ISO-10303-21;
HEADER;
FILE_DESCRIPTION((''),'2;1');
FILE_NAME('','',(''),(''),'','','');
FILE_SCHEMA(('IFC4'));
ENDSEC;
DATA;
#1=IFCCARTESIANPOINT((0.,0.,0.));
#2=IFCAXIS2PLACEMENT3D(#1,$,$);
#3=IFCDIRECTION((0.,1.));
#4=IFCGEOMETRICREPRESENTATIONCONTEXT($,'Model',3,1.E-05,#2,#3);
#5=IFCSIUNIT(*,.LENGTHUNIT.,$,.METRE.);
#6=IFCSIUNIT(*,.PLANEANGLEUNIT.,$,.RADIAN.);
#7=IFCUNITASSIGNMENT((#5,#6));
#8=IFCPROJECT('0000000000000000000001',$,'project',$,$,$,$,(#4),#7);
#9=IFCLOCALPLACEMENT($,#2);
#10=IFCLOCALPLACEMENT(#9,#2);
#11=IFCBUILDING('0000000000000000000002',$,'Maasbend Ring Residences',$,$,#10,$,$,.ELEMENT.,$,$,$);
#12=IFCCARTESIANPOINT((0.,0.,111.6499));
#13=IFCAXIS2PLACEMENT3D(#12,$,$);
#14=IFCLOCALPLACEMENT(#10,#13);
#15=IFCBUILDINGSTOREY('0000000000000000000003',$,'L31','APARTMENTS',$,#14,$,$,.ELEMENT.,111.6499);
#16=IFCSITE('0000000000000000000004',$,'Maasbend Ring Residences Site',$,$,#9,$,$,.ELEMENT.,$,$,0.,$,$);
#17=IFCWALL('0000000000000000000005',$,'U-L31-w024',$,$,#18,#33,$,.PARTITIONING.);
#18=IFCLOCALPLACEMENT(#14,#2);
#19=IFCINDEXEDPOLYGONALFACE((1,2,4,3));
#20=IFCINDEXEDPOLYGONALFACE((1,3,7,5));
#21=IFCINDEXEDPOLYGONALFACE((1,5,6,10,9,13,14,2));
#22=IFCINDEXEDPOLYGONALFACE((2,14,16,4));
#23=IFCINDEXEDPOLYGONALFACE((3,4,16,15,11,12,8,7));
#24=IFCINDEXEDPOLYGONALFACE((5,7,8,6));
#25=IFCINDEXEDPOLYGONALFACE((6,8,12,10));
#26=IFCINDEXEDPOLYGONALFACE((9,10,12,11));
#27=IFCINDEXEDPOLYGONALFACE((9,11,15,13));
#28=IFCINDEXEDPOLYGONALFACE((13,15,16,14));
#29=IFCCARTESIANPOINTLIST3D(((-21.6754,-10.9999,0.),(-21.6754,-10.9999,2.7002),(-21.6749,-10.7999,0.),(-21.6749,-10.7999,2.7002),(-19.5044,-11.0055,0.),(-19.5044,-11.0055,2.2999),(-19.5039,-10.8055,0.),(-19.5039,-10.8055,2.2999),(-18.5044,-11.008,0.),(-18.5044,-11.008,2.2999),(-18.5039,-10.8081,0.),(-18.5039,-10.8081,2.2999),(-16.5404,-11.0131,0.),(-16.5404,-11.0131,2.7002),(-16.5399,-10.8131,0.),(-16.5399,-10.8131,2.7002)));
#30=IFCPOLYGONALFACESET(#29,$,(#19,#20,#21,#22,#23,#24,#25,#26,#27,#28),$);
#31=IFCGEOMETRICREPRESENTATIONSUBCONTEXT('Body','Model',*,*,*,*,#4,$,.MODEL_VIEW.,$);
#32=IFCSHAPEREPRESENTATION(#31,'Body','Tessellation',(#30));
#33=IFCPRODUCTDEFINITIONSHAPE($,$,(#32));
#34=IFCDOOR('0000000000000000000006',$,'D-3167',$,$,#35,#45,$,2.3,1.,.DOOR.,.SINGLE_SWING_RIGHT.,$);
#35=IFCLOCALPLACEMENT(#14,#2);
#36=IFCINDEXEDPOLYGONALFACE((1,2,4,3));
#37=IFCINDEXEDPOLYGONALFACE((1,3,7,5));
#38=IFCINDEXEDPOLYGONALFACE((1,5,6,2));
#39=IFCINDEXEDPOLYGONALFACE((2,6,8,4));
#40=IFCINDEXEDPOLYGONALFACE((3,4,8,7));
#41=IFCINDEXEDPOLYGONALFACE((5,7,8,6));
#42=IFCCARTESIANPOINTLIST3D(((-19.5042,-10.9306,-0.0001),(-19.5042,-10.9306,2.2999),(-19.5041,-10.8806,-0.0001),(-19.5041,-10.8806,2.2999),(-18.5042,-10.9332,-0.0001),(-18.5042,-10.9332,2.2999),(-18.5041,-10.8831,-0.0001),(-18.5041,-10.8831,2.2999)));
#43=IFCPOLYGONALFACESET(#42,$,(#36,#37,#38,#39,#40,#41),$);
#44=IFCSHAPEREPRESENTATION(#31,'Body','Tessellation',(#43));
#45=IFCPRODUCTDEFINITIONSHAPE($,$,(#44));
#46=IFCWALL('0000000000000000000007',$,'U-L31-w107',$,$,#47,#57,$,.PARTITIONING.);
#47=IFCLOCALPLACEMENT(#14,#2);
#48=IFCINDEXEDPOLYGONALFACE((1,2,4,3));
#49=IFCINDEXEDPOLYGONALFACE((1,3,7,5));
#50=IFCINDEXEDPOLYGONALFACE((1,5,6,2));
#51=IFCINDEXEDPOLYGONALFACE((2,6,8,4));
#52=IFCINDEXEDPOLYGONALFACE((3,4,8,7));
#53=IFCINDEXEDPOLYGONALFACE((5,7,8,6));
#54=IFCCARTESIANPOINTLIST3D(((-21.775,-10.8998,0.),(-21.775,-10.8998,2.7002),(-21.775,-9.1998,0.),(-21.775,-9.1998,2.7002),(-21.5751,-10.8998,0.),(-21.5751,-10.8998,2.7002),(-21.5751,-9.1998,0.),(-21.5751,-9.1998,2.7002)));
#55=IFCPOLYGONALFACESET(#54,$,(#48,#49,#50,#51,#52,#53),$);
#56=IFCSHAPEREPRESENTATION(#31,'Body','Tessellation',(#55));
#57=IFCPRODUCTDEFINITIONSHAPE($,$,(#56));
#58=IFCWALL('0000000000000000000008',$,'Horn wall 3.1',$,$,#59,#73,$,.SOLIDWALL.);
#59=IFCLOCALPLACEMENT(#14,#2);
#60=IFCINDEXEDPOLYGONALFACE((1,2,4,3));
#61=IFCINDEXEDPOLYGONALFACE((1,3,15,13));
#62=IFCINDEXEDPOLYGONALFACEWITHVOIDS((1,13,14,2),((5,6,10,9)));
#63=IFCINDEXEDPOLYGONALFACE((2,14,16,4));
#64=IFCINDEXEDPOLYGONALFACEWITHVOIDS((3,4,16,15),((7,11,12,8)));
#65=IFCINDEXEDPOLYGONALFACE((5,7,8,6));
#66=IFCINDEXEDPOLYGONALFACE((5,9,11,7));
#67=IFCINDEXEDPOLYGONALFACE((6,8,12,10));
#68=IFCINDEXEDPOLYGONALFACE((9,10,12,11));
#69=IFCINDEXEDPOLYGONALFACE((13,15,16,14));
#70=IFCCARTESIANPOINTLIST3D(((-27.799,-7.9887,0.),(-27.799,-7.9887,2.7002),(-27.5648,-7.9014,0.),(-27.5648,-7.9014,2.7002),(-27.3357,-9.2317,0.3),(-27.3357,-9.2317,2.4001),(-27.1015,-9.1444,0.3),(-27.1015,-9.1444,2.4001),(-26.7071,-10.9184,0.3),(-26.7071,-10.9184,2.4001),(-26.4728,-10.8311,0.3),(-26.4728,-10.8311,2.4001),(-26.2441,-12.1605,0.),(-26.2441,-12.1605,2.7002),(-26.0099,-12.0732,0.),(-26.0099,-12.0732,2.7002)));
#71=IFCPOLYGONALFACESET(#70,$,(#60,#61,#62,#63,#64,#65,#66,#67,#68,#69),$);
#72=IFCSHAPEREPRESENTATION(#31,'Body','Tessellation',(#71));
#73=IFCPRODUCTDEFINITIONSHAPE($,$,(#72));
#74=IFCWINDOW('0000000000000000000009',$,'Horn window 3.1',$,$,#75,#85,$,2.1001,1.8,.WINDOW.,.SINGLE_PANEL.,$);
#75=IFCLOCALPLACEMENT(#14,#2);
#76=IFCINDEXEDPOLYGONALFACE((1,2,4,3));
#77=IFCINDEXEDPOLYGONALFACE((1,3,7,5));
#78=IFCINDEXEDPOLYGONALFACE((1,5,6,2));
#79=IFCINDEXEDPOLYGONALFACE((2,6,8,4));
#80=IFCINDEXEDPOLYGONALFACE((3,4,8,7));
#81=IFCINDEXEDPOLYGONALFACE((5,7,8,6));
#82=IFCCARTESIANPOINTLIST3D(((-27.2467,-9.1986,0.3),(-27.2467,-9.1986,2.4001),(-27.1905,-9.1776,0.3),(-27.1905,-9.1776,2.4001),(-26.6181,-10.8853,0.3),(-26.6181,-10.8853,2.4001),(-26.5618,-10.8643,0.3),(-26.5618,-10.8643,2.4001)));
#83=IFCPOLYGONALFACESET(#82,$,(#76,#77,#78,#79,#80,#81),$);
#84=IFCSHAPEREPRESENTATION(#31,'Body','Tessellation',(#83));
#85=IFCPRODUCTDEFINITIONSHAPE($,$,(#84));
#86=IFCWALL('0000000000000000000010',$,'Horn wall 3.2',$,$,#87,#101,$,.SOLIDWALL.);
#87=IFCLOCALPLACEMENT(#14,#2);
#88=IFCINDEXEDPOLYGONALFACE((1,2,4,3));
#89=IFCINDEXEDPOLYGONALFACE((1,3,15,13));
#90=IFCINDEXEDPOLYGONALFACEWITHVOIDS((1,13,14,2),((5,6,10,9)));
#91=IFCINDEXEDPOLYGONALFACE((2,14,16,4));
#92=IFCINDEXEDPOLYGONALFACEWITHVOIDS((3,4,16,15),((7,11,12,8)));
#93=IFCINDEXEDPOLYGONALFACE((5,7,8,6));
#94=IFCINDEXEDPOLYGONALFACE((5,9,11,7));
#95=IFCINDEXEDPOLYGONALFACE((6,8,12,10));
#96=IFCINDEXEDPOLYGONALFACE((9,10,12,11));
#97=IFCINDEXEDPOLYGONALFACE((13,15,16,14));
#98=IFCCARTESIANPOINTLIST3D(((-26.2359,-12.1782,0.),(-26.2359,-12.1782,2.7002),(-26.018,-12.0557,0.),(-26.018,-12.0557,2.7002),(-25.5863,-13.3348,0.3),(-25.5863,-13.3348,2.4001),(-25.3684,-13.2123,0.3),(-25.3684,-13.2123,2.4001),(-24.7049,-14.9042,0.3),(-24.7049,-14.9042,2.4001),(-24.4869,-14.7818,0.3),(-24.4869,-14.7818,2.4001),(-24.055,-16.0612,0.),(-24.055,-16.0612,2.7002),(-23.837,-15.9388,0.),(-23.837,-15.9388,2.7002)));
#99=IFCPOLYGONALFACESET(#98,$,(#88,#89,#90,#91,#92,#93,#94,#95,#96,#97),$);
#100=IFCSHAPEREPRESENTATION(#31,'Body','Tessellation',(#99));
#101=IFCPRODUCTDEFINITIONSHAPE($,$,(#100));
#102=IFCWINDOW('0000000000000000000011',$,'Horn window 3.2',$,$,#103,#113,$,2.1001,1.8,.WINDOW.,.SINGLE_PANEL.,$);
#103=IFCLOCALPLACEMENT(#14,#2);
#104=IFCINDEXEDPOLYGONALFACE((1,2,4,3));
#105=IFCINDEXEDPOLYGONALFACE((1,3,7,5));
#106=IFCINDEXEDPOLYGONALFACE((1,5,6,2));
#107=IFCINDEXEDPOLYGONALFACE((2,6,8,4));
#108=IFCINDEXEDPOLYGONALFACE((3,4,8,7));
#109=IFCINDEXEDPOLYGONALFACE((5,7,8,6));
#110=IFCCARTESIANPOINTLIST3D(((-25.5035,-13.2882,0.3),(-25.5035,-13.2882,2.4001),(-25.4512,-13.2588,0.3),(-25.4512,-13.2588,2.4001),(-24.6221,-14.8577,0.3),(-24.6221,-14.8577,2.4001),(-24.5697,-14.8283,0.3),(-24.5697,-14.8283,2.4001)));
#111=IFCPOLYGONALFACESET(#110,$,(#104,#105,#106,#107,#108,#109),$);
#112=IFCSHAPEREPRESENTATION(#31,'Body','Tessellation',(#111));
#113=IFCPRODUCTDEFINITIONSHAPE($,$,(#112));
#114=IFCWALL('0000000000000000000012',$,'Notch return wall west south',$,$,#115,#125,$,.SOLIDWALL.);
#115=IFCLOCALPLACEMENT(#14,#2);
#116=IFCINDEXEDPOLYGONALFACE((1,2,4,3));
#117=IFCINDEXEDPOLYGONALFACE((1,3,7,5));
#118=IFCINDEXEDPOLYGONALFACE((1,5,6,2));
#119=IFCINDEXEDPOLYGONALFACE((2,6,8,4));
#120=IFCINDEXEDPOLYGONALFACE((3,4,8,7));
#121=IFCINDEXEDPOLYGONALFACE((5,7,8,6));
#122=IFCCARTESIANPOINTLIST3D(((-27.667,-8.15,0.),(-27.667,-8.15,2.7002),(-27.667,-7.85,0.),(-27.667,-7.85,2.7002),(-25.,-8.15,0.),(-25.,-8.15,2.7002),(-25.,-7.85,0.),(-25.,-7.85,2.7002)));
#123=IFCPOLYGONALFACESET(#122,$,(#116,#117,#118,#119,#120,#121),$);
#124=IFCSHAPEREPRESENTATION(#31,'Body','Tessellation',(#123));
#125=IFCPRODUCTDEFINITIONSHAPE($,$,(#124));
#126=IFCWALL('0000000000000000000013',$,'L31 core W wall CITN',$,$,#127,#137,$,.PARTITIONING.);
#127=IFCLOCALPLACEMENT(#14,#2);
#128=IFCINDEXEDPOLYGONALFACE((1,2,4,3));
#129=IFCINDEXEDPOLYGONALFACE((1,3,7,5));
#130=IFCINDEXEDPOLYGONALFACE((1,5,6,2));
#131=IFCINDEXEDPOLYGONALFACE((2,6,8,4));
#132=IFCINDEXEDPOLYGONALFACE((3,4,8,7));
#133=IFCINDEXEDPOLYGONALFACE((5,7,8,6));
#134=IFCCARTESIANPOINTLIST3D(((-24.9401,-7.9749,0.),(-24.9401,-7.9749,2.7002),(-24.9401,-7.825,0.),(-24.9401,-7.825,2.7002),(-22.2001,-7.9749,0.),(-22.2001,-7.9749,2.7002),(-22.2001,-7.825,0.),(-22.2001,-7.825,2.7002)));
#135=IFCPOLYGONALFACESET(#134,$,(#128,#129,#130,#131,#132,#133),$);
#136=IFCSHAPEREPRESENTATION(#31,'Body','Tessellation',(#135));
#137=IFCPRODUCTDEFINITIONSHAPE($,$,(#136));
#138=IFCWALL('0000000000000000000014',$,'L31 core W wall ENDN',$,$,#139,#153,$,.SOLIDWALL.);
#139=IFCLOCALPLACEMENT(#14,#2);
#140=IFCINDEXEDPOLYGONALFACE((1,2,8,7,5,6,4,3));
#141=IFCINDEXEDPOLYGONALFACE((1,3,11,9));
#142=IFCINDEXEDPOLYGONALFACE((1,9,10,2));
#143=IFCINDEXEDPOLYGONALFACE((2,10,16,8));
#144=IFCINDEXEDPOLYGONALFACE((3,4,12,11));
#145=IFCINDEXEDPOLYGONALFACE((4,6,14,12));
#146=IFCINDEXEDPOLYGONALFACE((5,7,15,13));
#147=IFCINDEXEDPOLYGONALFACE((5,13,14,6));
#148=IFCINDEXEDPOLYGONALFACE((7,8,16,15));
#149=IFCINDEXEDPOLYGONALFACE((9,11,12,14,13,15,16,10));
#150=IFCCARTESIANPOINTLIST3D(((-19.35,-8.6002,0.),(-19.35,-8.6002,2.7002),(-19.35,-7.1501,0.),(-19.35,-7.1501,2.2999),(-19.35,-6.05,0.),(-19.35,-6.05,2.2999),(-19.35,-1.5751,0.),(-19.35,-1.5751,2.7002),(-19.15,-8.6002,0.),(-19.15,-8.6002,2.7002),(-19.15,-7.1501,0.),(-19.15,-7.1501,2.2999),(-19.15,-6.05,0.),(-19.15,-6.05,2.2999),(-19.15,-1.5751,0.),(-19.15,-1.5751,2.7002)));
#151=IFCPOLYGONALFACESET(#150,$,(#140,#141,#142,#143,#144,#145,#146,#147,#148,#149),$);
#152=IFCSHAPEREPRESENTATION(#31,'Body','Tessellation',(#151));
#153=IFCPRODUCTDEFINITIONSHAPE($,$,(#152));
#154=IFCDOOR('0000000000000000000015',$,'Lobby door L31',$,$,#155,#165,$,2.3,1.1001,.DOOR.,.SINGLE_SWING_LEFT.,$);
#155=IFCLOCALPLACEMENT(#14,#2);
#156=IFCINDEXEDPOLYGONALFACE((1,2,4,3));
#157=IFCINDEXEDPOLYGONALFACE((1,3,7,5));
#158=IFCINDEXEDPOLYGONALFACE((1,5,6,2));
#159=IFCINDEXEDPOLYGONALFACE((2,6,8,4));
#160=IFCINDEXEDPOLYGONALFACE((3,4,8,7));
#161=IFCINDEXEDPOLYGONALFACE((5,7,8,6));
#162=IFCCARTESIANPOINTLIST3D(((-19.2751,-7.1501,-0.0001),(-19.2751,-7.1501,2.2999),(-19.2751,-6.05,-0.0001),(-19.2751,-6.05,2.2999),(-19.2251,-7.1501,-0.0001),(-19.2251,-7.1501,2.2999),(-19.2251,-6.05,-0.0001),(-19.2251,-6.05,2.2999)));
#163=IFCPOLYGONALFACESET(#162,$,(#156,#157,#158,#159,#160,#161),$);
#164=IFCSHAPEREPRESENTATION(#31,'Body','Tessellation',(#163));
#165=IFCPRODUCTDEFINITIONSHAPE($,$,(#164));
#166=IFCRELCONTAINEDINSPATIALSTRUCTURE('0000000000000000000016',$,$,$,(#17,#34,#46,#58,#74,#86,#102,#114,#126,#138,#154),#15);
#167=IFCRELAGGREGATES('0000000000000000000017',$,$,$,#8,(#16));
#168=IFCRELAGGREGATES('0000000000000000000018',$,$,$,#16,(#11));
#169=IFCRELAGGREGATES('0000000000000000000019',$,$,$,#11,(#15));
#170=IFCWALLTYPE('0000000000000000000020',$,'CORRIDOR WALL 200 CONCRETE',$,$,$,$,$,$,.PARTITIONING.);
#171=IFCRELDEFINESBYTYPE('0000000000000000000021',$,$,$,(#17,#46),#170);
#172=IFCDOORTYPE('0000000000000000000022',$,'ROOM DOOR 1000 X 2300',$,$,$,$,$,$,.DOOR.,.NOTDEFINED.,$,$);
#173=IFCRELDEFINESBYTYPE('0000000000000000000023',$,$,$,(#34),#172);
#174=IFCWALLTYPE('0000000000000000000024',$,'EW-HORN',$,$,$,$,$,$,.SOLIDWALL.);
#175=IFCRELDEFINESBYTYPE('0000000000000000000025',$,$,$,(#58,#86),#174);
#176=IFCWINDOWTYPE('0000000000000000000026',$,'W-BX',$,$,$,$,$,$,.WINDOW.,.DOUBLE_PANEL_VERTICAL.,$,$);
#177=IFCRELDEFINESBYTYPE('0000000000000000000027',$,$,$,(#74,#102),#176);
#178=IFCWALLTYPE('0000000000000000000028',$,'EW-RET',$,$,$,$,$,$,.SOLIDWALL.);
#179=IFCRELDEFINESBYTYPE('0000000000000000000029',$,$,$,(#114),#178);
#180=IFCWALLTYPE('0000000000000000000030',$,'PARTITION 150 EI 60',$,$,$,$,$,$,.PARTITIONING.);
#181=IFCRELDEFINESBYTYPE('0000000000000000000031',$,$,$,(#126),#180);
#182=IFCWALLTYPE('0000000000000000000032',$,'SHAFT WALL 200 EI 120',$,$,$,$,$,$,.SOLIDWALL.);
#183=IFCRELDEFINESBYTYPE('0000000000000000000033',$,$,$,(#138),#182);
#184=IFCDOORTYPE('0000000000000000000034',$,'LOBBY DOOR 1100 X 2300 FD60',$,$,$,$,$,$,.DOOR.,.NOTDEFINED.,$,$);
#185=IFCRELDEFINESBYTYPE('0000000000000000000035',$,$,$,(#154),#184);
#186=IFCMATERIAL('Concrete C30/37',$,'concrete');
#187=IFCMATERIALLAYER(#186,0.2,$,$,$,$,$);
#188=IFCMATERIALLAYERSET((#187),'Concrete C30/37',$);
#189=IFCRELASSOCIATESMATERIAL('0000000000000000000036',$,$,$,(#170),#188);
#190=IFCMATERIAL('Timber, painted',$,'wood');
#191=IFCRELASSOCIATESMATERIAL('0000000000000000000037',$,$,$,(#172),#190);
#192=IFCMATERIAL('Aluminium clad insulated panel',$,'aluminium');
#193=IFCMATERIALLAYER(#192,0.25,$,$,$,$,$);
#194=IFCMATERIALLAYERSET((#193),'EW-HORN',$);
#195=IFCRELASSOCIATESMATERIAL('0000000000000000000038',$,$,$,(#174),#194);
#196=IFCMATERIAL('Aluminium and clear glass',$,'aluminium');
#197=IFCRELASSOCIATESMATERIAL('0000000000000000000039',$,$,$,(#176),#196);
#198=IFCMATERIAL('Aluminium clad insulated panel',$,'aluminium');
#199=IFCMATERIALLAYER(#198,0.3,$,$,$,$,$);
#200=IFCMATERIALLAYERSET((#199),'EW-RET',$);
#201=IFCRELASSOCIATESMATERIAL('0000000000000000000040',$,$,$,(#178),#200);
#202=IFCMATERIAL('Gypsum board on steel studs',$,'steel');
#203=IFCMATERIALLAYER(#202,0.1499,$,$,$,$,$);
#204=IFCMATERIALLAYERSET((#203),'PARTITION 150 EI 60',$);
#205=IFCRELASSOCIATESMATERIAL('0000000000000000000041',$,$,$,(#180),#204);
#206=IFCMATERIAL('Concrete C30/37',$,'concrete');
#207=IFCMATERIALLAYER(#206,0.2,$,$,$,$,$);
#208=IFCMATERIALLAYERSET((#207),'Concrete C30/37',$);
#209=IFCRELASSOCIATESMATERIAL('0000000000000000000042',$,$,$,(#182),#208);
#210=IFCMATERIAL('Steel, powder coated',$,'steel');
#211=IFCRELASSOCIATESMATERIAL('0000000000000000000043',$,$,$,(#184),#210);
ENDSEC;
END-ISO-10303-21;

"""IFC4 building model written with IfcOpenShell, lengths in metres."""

from ifc_helpers import new_model, si_unit, direction, frame, frame_2d, origin, place, context, subcontext, project, spatial, rectangle, extrude, material, layer, layer_set, type_object, element, fill, save


model = new_model("IFC4")

# Units and contexts
model_context = context("Model", 3, precision=1e-05, world=origin(), true_north=direction((0.0, 1.0)))
body_context = subcontext(model_context, "Body", "Model", "MODEL_VIEW")
ifc_project = project(units=[si_unit("LENGTHUNIT", "METRE"), si_unit("PLANEANGLEUNIT", "RADIAN")], contexts=[model_context])

# Site, building, storey
site_placement = place(None, origin())
site = spatial("IfcSite", under=ifc_project, at=site_placement, Name="Maasbend Ring Residences Site", CompositionType="ELEMENT", RefElevation=0.0)
building_placement = place(site_placement, origin())
building = spatial("IfcBuilding", under=site, at=building_placement, Name="Maasbend Ring Residences", CompositionType="ELEMENT")
storey_placement = place(building_placement, frame((0.0, 0.0, 111.6499)))
storey = spatial("IfcBuildingStorey", under=building, at=storey_placement, Name="L31", Description="APARTMENTS", CompositionType="ELEMENT", Elevation=111.6499)

# Wall, opening, door
ifc_material_1 = material(Name="Concrete C30/37", Category="concrete")
ifc_layer_1 = layer(ifc_material_1, 0.2)
ifc_layer_set_1 = layer_set([ifc_layer_1], Name="Concrete C30/37")
wall_type_1 = type_object("IfcWallType", Name="CORRIDOR WALL 200 CONCRETE", PredefinedType="PARTITIONING", material=ifc_layer_set_1)
wall_1_placement = place(storey_placement, frame((-21.675, -10.8999, 0.0), z_axis=(0.0, 0.0, 1.0), x_axis=(0.999997, -0.002567, 0.0)))
wall_1 = element("IfcWall", 1, at=wall_1_placement, inside=storey, type_object=wall_type_1, Name="U-L31-w024", PredefinedType="PARTITIONING", context=body_context, shape_type="SweptSolid", body=[
    extrude(rectangle(XDim=5.135, YDim=0.2, at=frame_2d((2.5674, 0.0))), origin(), (0.0, 0.0, 1.0), 2.7002),
])
opening_1_placement = place(wall_1_placement, frame((2.1709, 0.0, 0.0)))
opening_1 = element("IfcOpeningElement", 2, at=opening_1_placement, cuts=wall_1, PredefinedType="OPENING", context=body_context, shape_type="SweptSolid", body=[
    extrude(rectangle(XDim=1.0, YDim=2.3, at=frame_2d((0.5, 1.1499))), frame((0.0, 0.1099, 0.0), z_axis=(0.0, -1.0, 0.0), x_axis=(1.0, 0.0, 0.0)), (0.0, 0.0, 1.0), 0.22),
])
ifc_material_2 = material(Name="Timber, painted", Category="wood")
door_type_1 = type_object("IfcDoorType", Name="ROOM DOOR 1000 X 2300", OperationType="NOTDEFINED", PredefinedType="DOOR", material=ifc_material_2)
door_1_placement = place(opening_1_placement, origin())
door_1 = element("IfcDoor", 3, at=door_1_placement, inside=storey, type_object=door_type_1, Name="D-3167", OperationType="SINGLE_SWING_RIGHT", OverallHeight=2.3, OverallWidth=1.0, PredefinedType="DOOR", context=body_context, shape_type="SweptSolid", body=[
    extrude(rectangle(XDim=1.0, YDim=2.3, at=frame_2d((0.5, 1.1499))), frame((0.0, 0.0249, 0.0), z_axis=(0.0, -1.0, 0.0), x_axis=(1.0, 0.0, 0.0)), (0.0, 0.0, 1.0), 0.05),
])
fill(opening_1, door_1)

# Wall
wall_2_placement = place(storey_placement, frame((-21.675, -10.8999, 0.0), z_axis=(0.0, 0.0, 1.0), x_axis=(0.0, 1.0, 0.0)))
element("IfcWall", 4, at=wall_2_placement, inside=storey, type_object=wall_type_1, Name="U-L31-w107", PredefinedType="PARTITIONING", context=body_context, shape_type="SweptSolid", body=[
    extrude(rectangle(XDim=1.7, YDim=0.2, at=frame_2d((0.8501, 0.0))), origin(), (0.0, 0.0, 1.0), 2.7002),
])

# Walls, openings, windows
ifc_material_3 = material(Name="Aluminium clad insulated panel", Category="aluminium")
ifc_layer_2 = layer(ifc_material_3, 0.25)
ifc_layer_set_2 = layer_set([ifc_layer_2], Name="EW-HORN")
wall_type_2 = type_object("IfcWallType", Name="EW-HORN", PredefinedType="SOLIDWALL", material=ifc_layer_set_2)
wall_3_placement = place(storey_placement, frame((-27.6819, -7.9451, 0.0), z_axis=(0.0, 0.0, 1.0), x_axis=(0.349248, -0.93703, 0.0)))
wall_3 = element("IfcWall", 5, at=wall_3_placement, inside=storey, type_object=wall_type_2, Name="Horn wall 3.1", PredefinedType="SOLIDWALL", context=body_context, shape_type="SweptSolid", body=[
    extrude(rectangle(XDim=4.4521, YDim=0.25, at=frame_2d((2.2261, 0.0))), origin(), (0.0, 0.0, 1.0), 2.7002),
])
opening_2_placement = place(wall_3_placement, frame((1.3267, 0.0, 0.3)))
opening_2 = element("IfcOpeningElement", 6, at=opening_2_placement, cuts=wall_3, PredefinedType="OPENING", context=body_context, shape_type="SweptSolid", body=[
    extrude(rectangle(XDim=1.8, YDim=2.1001, at=frame_2d((0.8999, 1.05))), frame((0.0, 0.135, 0.0), z_axis=(0.0, -1.0, 0.0), x_axis=(1.0, 0.0, 0.0)), (0.0, 0.0, 1.0), 0.27),
])
ifc_material_4 = material(Name="Aluminium and clear glass", Category="aluminium")
window_type = type_object("IfcWindowType", Name="W-BX", PartitioningType="DOUBLE_PANEL_VERTICAL", PredefinedType="WINDOW", material=ifc_material_4)
window_1_placement = place(opening_2_placement, origin())
window_1 = element("IfcWindow", 7, at=window_1_placement, inside=storey, type_object=window_type, Name="Horn window 3.1", OverallHeight=2.1001, OverallWidth=1.8, PartitioningType="SINGLE_PANEL", PredefinedType="WINDOW", context=body_context, shape_type="SweptSolid", body=[
    extrude(rectangle(XDim=1.8, YDim=2.1001, at=frame_2d((0.8999, 1.05))), frame((0.0, 0.03, 0.0), z_axis=(0.0, -1.0, 0.0), x_axis=(1.0, 0.0, 0.0)), (0.0, 0.0, 1.0), 0.0601),
])
fill(opening_2, window_1)
wall_4_placement = place(storey_placement, frame((-26.127, -12.1169, 0.0), z_axis=(0.0, 0.0, 1.0), x_axis=(0.489696, -0.871893, 0.0)))
wall_4 = element("IfcWall", 8, at=wall_4_placement, inside=storey, type_object=wall_type_2, Name="Horn wall 3.2", PredefinedType="SOLIDWALL", context=body_context, shape_type="SweptSolid", body=[
    extrude(rectangle(XDim=4.4536, YDim=0.25, at=frame_2d((2.2268, 0.0))), origin(), (0.0, 0.0, 1.0), 2.7002),
])
opening_3_placement = place(wall_4_placement, frame((1.3267, 0.0, 0.3)))
opening_3 = element("IfcOpeningElement", 9, at=opening_3_placement, cuts=wall_4, PredefinedType="OPENING", context=body_context, shape_type="SweptSolid", body=[
    extrude(rectangle(XDim=1.8, YDim=2.1001, at=frame_2d((0.8999, 1.05))), frame((0.0, 0.135, 0.0), z_axis=(0.0, -1.0, 0.0), x_axis=(1.0, 0.0, 0.0)), (0.0, 0.0, 1.0), 0.27),
])
window_2_placement = place(opening_3_placement, origin())
window_2 = element("IfcWindow", 10, at=window_2_placement, inside=storey, type_object=window_type, Name="Horn window 3.2", OverallHeight=2.1001, OverallWidth=1.8, PartitioningType="SINGLE_PANEL", PredefinedType="WINDOW", context=body_context, shape_type="SweptSolid", body=[
    extrude(rectangle(XDim=1.8, YDim=2.1001, at=frame_2d((0.8999, 1.05))), frame((0.0, 0.03, 0.0), z_axis=(0.0, -1.0, 0.0), x_axis=(1.0, 0.0, 0.0)), (0.0, 0.0, 1.0), 0.0601),
])
fill(opening_3, window_2)

# Walls
ifc_material_5 = material(Name="Aluminium clad insulated panel", Category="aluminium")
ifc_layer_3 = layer(ifc_material_5, 0.3)
ifc_layer_set_3 = layer_set([ifc_layer_3], Name="EW-RET")
wall_type_3 = type_object("IfcWallType", Name="EW-RET", PredefinedType="SOLIDWALL", material=ifc_layer_set_3)
wall_5_placement = place(storey_placement, frame((-25.0, -8.0, 0.0), z_axis=(0.0, 0.0, 1.0), x_axis=(-1.0, 0.0, 0.0)))
element("IfcWall", 11, at=wall_5_placement, inside=storey, type_object=wall_type_3, Name="Notch return wall west south", PredefinedType="SOLIDWALL", context=body_context, shape_type="SweptSolid", body=[
    extrude(rectangle(XDim=2.667, YDim=0.3, at=frame_2d((1.3335, 0.0))), origin(), (0.0, 0.0, 1.0), 2.7002),
])
ifc_material_6 = material(Name="Gypsum board on steel studs", Category="steel")
ifc_layer_4 = layer(ifc_material_6, 0.1499)
ifc_layer_set_4 = layer_set([ifc_layer_4], Name="PARTITION 150 EI 60")
wall_type_4 = type_object("IfcWallType", Name="PARTITION 150 EI 60", PredefinedType="PARTITIONING", material=ifc_layer_set_4)
wall_6_placement = place(storey_placement, frame((-22.2, -7.8999, 0.0), z_axis=(0.0, 0.0, 1.0), x_axis=(-1.0, 0.0, 0.0)))
element("IfcWall", 12, at=wall_6_placement, inside=storey, type_object=wall_type_4, Name="L31 core W wall CITN", PredefinedType="PARTITIONING", context=body_context, shape_type="SweptSolid", body=[
    extrude(rectangle(XDim=2.74, YDim=0.1499, at=frame_2d((1.3701, 0.0))), origin(), (0.0, 0.0, 1.0), 2.7002),
])

# Wall, opening, door
ifc_material_7 = material(Name="Concrete C30/37", Category="concrete")
ifc_layer_5 = layer(ifc_material_7, 0.2)
ifc_layer_set_5 = layer_set([ifc_layer_5], Name="Concrete C30/37")
wall_type_5 = type_object("IfcWallType", Name="SHAFT WALL 200 EI 120", PredefinedType="SOLIDWALL", material=ifc_layer_set_5)
wall_7_placement = place(storey_placement, frame((-19.25, -1.575, 0.0), z_axis=(0.0, 0.0, 1.0), x_axis=(0.0, -1.0, 0.0)))
wall_7 = element("IfcWall", 13, at=wall_7_placement, inside=storey, type_object=wall_type_5, Name="L31 core W wall ENDN", PredefinedType="SOLIDWALL", context=body_context, shape_type="SweptSolid", body=[
    extrude(rectangle(XDim=7.0251, YDim=0.2, at=frame_2d((3.5127, 0.0))), origin(), (0.0, 0.0, 1.0), 2.7002),
])
opening_4_placement = place(wall_7_placement, frame((4.4751, 0.0, 0.0)))
opening_4 = element("IfcOpeningElement", 14, at=opening_4_placement, cuts=wall_7, PredefinedType="OPENING", context=body_context, shape_type="SweptSolid", body=[
    extrude(rectangle(XDim=1.1001, YDim=2.3, at=frame_2d((0.55, 1.1499))), frame((0.0, 0.1099, 0.0), z_axis=(0.0, -1.0, 0.0), x_axis=(1.0, 0.0, 0.0)), (0.0, 0.0, 1.0), 0.22),
])
ifc_material_8 = material(Name="Steel, powder coated", Category="steel")
door_type_2 = type_object("IfcDoorType", Name="LOBBY DOOR 1100 X 2300 FD60", OperationType="NOTDEFINED", PredefinedType="DOOR", material=ifc_material_8)
door_2_placement = place(opening_4_placement, origin())
door_2 = element("IfcDoor", 15, at=door_2_placement, inside=storey, type_object=door_type_2, Name="Lobby door L31", OperationType="SINGLE_SWING_LEFT", OverallHeight=2.3, OverallWidth=1.1001, PredefinedType="DOOR", context=body_context, shape_type="SweptSolid", body=[
    extrude(rectangle(XDim=1.1001, YDim=2.3, at=frame_2d((0.55, 1.1499))), frame((0.0, 0.0249, 0.0), z_axis=(0.0, -1.0, 0.0), x_axis=(1.0, 0.0, 0.0)), (0.0, 0.0, 1.0), 0.05),
])
fill(opening_4, door_2)

save(model, "model.ifc")
